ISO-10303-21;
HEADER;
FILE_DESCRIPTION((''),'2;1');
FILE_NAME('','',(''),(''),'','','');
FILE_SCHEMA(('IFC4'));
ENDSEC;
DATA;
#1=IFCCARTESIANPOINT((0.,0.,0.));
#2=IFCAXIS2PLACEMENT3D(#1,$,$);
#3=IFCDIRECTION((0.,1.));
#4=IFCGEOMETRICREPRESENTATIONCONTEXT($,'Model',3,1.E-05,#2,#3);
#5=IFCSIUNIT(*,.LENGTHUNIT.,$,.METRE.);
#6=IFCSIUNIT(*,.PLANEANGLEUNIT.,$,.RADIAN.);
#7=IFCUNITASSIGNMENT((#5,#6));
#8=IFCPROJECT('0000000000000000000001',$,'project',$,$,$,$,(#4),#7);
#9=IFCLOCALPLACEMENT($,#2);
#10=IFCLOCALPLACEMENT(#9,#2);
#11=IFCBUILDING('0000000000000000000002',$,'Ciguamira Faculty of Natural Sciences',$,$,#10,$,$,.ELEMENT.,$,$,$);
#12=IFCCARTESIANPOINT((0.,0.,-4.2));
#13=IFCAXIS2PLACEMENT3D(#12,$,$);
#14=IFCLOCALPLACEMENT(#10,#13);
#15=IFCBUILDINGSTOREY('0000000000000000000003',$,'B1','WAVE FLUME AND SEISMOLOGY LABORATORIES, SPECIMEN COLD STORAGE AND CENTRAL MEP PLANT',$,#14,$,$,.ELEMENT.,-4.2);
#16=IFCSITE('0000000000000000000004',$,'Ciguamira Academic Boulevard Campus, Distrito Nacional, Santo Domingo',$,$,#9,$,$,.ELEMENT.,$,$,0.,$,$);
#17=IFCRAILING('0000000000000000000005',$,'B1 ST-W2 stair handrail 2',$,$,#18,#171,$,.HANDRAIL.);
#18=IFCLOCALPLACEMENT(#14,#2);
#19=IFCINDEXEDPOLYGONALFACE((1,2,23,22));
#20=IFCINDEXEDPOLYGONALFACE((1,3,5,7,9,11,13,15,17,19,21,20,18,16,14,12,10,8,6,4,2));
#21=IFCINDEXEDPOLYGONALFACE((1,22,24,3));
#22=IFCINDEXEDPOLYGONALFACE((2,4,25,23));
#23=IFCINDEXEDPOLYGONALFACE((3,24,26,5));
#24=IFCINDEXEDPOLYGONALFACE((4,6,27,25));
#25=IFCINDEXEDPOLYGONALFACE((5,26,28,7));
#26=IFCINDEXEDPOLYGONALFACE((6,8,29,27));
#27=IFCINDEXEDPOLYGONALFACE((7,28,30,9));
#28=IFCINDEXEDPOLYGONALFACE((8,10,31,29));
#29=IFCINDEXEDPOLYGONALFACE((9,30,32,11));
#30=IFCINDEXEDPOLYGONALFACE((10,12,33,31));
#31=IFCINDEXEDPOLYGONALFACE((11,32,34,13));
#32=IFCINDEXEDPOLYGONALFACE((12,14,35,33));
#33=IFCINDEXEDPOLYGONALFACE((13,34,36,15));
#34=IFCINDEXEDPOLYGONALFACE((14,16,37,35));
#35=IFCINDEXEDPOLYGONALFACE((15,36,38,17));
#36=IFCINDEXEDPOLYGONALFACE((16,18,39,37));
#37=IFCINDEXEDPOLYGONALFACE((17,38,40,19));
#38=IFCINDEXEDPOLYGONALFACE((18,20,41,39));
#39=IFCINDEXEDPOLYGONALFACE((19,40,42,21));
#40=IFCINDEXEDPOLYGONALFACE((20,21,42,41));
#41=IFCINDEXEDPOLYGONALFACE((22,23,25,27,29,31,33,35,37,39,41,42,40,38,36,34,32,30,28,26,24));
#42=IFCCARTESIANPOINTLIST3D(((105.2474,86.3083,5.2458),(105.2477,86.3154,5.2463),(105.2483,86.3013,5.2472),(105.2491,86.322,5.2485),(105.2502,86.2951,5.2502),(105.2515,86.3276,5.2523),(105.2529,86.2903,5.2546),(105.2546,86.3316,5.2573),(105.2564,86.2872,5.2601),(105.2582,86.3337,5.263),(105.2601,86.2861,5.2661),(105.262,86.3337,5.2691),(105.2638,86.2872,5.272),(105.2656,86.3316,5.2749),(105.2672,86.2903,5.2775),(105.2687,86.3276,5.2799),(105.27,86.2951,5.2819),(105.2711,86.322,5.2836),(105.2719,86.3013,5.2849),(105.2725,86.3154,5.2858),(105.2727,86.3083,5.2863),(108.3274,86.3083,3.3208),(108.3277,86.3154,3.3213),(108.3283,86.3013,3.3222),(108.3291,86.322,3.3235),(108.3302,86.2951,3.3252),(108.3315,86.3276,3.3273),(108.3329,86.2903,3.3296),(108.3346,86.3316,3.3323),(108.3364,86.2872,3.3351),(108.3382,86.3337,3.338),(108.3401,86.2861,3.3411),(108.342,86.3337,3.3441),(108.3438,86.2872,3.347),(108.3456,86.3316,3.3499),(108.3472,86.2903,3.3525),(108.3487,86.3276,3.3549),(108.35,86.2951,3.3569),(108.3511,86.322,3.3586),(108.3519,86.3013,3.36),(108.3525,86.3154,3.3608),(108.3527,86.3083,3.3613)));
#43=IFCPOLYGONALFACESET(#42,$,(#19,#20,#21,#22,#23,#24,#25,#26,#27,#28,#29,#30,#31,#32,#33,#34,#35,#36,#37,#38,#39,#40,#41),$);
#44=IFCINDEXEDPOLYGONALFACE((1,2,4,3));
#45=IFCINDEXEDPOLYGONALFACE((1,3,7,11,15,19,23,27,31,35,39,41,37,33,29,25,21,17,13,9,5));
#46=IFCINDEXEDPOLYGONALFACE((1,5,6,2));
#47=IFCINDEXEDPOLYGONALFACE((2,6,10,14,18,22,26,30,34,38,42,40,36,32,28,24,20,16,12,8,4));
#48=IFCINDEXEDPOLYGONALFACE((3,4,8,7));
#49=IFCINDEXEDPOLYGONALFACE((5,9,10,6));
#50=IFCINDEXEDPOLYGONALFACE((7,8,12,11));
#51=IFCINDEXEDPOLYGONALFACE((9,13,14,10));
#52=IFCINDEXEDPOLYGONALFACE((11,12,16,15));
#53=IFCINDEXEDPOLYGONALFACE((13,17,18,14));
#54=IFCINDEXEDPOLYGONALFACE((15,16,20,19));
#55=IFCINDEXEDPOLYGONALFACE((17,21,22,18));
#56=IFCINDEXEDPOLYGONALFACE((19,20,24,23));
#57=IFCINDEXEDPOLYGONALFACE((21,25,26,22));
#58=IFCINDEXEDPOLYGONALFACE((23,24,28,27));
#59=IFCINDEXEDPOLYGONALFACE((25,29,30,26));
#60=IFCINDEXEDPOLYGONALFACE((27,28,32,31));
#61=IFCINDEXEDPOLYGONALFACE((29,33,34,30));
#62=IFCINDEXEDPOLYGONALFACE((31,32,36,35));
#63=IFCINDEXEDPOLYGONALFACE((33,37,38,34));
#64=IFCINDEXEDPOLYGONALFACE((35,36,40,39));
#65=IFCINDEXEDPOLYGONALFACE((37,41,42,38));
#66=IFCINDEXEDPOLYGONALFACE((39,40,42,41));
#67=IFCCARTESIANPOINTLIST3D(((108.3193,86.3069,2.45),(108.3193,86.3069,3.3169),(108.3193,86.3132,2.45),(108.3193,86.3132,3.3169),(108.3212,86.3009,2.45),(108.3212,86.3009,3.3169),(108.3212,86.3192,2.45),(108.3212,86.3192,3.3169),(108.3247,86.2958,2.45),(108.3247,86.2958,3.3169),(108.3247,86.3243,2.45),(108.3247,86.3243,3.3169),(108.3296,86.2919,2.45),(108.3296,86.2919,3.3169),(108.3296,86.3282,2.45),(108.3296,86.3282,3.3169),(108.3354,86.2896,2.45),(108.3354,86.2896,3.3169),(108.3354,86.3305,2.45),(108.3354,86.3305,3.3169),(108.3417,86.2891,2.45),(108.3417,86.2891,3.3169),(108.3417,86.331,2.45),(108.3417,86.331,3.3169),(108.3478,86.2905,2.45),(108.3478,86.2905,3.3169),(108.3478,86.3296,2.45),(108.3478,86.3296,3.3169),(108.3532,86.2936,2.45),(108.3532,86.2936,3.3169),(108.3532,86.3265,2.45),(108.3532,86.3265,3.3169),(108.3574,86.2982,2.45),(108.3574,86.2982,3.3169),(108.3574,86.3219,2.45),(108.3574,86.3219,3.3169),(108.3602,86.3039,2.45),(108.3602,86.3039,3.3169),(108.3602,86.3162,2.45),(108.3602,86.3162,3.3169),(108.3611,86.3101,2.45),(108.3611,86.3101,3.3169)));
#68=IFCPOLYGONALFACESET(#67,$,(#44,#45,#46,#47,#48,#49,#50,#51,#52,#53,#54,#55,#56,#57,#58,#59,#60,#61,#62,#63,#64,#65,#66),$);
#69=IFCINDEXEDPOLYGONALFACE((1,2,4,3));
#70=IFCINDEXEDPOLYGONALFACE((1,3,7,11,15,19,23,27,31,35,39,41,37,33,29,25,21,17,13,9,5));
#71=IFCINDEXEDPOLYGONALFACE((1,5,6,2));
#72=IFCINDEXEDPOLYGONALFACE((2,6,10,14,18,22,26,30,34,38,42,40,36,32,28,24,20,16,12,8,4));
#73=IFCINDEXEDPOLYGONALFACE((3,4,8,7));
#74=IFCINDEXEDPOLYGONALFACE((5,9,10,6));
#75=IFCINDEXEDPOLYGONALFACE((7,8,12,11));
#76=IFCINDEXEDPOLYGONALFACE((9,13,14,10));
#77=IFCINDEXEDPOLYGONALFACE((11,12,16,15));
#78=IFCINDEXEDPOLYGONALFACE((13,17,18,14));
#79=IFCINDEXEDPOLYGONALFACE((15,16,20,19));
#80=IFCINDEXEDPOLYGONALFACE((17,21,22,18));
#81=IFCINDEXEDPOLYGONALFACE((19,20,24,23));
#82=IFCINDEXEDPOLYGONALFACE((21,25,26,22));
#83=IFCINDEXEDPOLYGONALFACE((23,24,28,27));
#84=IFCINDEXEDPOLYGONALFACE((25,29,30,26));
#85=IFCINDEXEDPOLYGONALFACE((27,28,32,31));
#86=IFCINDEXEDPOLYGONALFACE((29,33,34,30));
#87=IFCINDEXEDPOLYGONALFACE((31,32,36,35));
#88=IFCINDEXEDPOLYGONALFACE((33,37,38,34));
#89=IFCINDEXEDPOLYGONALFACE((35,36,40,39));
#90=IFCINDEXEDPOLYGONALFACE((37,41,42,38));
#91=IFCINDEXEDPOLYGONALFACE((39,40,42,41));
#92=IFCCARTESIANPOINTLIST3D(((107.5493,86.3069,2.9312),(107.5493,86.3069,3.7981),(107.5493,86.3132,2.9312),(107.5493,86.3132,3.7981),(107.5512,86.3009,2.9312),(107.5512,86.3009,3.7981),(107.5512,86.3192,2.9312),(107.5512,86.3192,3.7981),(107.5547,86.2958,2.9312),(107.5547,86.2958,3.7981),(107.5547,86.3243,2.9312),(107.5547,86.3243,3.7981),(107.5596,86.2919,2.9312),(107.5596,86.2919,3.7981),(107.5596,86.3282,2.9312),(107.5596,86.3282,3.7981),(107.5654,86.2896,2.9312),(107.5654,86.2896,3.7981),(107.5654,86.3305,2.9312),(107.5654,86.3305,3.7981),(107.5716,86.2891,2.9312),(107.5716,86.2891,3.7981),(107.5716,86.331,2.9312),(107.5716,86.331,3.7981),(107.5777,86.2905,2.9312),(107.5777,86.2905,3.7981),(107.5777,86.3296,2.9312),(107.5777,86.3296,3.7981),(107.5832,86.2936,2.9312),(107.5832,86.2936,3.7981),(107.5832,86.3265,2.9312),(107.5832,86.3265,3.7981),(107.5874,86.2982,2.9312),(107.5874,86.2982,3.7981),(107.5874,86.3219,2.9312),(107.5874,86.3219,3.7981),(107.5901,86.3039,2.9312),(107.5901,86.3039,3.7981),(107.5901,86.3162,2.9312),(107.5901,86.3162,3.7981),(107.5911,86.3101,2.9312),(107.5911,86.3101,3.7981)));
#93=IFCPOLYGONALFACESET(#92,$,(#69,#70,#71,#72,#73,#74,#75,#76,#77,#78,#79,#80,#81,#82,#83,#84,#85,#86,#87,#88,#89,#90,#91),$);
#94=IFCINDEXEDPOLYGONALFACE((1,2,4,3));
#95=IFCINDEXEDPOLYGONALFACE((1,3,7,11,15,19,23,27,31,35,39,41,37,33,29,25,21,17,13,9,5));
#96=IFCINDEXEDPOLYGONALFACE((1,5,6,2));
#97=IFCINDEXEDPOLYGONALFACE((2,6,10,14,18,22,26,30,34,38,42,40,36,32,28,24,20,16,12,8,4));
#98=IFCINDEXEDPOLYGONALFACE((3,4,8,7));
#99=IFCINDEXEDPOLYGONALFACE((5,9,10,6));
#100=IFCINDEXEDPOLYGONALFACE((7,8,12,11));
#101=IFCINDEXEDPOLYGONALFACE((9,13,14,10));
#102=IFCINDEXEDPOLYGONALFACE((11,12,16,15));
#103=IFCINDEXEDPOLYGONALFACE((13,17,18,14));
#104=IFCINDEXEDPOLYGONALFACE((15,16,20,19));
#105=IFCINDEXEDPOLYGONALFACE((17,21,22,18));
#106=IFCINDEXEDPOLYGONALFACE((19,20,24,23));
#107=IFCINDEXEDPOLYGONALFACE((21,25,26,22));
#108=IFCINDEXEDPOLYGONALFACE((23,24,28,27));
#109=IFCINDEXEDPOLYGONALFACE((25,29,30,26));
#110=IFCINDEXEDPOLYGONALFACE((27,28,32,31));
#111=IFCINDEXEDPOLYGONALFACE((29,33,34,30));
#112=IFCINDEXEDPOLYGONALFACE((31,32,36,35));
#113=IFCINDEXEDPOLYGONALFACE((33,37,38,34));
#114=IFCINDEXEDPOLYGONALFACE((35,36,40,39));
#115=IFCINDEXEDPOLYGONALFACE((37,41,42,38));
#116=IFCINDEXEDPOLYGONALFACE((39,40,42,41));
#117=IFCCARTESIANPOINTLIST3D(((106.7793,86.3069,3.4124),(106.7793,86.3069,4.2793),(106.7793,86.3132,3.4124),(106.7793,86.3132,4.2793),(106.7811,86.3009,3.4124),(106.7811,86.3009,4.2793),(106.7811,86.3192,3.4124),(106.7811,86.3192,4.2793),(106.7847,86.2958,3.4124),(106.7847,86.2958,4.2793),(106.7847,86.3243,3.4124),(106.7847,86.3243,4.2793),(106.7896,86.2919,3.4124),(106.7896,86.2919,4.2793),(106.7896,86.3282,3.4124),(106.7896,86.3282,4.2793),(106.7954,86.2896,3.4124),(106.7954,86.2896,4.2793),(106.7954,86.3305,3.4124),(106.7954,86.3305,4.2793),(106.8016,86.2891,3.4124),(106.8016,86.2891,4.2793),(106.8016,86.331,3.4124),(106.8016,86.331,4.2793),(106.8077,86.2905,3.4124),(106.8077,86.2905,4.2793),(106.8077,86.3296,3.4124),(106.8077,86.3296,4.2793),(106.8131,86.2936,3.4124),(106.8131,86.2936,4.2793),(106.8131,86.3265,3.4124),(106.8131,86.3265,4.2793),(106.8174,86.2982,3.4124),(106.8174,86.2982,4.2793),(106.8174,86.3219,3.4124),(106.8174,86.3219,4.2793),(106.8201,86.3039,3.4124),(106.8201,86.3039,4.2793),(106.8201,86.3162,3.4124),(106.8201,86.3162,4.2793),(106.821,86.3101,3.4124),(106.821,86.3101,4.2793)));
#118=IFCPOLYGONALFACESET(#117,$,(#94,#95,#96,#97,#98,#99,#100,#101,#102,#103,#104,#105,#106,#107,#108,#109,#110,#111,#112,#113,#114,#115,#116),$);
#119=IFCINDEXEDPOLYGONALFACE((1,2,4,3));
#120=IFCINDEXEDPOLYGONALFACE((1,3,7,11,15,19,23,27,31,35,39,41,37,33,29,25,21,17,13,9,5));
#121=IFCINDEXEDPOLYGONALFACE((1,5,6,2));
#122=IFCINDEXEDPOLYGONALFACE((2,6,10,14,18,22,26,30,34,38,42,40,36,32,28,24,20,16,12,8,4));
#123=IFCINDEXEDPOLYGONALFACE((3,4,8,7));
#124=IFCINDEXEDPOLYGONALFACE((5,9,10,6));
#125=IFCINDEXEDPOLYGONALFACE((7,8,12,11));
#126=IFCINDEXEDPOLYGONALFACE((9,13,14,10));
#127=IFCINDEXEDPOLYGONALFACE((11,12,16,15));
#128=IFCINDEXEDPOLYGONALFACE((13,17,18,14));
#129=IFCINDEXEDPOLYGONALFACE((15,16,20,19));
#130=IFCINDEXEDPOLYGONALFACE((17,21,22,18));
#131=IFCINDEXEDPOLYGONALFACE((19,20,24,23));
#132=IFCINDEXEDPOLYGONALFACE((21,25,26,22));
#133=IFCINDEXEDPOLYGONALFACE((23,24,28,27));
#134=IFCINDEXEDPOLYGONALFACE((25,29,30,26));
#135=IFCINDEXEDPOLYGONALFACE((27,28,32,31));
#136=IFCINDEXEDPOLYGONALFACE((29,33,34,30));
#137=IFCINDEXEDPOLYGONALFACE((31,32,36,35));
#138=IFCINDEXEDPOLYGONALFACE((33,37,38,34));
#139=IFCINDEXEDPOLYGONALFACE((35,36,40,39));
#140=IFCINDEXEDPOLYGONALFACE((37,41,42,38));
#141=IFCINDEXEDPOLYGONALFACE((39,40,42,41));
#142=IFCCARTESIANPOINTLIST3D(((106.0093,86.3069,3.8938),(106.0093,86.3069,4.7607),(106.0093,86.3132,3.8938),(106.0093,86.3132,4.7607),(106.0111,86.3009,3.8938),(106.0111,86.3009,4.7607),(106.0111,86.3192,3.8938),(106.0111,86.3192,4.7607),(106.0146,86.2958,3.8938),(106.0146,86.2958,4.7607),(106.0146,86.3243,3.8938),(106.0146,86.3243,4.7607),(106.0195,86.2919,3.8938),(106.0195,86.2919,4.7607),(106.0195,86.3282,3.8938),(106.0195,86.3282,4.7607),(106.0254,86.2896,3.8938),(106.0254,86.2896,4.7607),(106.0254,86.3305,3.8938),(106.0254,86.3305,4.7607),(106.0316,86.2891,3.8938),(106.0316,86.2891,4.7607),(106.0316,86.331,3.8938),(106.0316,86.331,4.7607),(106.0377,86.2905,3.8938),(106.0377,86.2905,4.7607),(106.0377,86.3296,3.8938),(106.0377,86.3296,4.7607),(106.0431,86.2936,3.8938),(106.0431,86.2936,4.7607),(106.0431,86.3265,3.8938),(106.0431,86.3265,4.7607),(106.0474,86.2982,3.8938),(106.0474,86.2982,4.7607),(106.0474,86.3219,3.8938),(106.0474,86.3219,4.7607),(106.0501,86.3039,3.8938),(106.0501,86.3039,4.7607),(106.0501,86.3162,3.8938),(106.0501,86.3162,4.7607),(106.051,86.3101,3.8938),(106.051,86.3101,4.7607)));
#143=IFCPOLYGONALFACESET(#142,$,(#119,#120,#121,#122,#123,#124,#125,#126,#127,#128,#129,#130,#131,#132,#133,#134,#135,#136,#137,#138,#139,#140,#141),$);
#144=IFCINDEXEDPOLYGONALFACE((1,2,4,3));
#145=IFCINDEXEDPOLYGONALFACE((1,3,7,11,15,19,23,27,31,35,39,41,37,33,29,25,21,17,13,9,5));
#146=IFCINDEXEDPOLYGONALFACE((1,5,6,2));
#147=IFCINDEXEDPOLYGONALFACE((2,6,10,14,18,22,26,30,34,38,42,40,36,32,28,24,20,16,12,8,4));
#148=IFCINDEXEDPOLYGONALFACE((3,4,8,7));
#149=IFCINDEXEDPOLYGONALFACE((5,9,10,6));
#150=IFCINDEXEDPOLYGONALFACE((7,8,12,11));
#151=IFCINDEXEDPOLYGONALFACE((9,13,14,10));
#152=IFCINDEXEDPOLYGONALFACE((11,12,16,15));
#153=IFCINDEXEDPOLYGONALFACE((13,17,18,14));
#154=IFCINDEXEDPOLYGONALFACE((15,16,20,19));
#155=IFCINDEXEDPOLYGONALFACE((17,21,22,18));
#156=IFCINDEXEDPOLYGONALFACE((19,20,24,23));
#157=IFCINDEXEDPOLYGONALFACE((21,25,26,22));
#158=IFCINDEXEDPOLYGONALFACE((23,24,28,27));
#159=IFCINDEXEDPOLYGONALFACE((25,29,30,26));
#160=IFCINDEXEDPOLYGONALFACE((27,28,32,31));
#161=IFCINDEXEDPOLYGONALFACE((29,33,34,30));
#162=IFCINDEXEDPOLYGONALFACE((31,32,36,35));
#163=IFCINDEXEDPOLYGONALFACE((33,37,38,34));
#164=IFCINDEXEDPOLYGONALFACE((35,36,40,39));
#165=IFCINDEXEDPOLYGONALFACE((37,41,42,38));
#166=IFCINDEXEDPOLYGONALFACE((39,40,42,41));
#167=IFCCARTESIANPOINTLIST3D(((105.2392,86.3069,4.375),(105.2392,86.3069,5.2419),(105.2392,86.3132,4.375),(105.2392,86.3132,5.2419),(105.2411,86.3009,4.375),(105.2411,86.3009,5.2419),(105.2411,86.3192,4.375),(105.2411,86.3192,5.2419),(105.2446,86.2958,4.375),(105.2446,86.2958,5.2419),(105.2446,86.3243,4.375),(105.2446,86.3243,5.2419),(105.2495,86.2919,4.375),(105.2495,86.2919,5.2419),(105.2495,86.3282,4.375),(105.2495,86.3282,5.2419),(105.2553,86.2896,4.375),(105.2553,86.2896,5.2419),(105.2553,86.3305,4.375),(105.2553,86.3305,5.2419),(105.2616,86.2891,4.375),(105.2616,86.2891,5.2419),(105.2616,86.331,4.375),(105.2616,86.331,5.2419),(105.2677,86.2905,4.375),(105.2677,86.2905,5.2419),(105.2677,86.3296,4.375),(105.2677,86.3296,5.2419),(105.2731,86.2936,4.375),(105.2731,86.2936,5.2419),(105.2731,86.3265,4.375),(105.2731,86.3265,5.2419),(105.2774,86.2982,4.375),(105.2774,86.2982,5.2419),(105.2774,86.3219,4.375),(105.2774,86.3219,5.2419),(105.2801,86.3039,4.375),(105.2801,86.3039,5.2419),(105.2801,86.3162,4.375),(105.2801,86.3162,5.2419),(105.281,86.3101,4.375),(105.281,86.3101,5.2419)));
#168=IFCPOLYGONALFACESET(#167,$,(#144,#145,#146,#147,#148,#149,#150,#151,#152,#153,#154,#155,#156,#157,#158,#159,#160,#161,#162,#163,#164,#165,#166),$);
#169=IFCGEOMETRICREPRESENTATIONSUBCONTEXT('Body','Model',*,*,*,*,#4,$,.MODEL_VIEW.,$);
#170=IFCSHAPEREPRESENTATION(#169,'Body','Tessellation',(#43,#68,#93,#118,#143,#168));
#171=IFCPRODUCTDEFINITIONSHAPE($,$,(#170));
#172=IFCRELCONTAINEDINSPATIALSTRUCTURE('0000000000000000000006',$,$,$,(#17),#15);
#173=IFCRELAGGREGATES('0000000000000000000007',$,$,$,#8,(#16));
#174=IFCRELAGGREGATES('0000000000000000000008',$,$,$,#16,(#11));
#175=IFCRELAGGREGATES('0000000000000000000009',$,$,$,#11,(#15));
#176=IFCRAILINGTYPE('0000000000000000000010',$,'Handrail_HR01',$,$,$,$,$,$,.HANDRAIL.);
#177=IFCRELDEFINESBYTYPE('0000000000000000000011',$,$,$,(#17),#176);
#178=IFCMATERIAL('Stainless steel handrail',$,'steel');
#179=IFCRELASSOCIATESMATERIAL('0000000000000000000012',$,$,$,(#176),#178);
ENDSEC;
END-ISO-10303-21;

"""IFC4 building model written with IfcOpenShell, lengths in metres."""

from ifc_helpers import new_model, si_unit, direction, frame, origin, origin_2d, place, context, subcontext, project, spatial, circle, extrude, material, type_object, element, save


model = new_model("IFC4")

# Units and contexts
model_context = context("Model", 3, precision=1e-05, world=origin(), true_north=direction((0.0, 1.0)))
body_context = subcontext(model_context, "Body", "Model", "MODEL_VIEW")
ifc_project = project(units=[si_unit("LENGTHUNIT", "METRE"), si_unit("PLANEANGLEUNIT", "RADIAN")], contexts=[model_context])

# Site, building, storey
site_placement = place(None, origin())
site = spatial("IfcSite", under=ifc_project, at=site_placement, Name="Ciguamira Academic Boulevard Campus, Distrito Nacional, Santo Domingo", CompositionType="ELEMENT", RefElevation=0.0)
building_placement = place(site_placement, origin())
building = spatial("IfcBuilding", under=site, at=building_placement, Name="Ciguamira Faculty of Natural Sciences", CompositionType="ELEMENT")
storey_placement = place(building_placement, frame((0.0, 0.0, -4.2)))
storey = spatial("IfcBuildingStorey", under=building, at=storey_placement, Name="B1", Description="WAVE FLUME AND SEISMOLOGY LABORATORIES, SPECIMEN COLD STORAGE AND CENTRAL MEP PLANT", CompositionType="ELEMENT", Elevation=-4.2)

# Railing
ifc_material_1 = material(Name="Stainless steel handrail", Category="steel")
railing_type_1 = type_object("IfcRailingType", Name="Handrail_HR01", PredefinedType="HANDRAIL", material=ifc_material_1)
railing_1_placement = place(storey_placement, frame((108.3401, 86.3101, 2.45)))
element("IfcRailing", 1, at=railing_1_placement, inside=storey, type_object=railing_type_1, Name="B1 ST-W2 stair handrail 2", PredefinedType="HANDRAIL", context=body_context, shape_type="SweptSolid", body=[
    extrude(circle(Radius=0.0239, at=origin_2d()), frame((0.0, 0.0, 0.8911), z_axis=(-0.847998, 0.0, 0.529999), x_axis=(0.0, -1.0, 0.0)), (0.0, 0.0, 1.0), 3.6321),
    extrude(circle(Radius=0.021, at=origin_2d()), origin(), (0.0, 0.0, 1.0), 0.8669),
    extrude(circle(Radius=0.021, at=origin_2d()), frame((-0.77, 0.0, 0.4812)), (0.0, 0.0, 1.0), 0.8669),
    extrude(circle(Radius=0.021, at=origin_2d()), frame((-1.54, 0.0, 0.9624)), (0.0, 0.0, 1.0), 0.8669),
    extrude(circle(Radius=0.021, at=origin_2d()), frame((-2.3101, 0.0, 1.4438)), (0.0, 0.0, 1.0), 0.8669),
    extrude(circle(Radius=0.021, at=origin_2d()), frame((-3.0801, 0.0, 1.925)), (0.0, 0.0, 1.0), 0.8669),
])

save(model, "model.ifc")
